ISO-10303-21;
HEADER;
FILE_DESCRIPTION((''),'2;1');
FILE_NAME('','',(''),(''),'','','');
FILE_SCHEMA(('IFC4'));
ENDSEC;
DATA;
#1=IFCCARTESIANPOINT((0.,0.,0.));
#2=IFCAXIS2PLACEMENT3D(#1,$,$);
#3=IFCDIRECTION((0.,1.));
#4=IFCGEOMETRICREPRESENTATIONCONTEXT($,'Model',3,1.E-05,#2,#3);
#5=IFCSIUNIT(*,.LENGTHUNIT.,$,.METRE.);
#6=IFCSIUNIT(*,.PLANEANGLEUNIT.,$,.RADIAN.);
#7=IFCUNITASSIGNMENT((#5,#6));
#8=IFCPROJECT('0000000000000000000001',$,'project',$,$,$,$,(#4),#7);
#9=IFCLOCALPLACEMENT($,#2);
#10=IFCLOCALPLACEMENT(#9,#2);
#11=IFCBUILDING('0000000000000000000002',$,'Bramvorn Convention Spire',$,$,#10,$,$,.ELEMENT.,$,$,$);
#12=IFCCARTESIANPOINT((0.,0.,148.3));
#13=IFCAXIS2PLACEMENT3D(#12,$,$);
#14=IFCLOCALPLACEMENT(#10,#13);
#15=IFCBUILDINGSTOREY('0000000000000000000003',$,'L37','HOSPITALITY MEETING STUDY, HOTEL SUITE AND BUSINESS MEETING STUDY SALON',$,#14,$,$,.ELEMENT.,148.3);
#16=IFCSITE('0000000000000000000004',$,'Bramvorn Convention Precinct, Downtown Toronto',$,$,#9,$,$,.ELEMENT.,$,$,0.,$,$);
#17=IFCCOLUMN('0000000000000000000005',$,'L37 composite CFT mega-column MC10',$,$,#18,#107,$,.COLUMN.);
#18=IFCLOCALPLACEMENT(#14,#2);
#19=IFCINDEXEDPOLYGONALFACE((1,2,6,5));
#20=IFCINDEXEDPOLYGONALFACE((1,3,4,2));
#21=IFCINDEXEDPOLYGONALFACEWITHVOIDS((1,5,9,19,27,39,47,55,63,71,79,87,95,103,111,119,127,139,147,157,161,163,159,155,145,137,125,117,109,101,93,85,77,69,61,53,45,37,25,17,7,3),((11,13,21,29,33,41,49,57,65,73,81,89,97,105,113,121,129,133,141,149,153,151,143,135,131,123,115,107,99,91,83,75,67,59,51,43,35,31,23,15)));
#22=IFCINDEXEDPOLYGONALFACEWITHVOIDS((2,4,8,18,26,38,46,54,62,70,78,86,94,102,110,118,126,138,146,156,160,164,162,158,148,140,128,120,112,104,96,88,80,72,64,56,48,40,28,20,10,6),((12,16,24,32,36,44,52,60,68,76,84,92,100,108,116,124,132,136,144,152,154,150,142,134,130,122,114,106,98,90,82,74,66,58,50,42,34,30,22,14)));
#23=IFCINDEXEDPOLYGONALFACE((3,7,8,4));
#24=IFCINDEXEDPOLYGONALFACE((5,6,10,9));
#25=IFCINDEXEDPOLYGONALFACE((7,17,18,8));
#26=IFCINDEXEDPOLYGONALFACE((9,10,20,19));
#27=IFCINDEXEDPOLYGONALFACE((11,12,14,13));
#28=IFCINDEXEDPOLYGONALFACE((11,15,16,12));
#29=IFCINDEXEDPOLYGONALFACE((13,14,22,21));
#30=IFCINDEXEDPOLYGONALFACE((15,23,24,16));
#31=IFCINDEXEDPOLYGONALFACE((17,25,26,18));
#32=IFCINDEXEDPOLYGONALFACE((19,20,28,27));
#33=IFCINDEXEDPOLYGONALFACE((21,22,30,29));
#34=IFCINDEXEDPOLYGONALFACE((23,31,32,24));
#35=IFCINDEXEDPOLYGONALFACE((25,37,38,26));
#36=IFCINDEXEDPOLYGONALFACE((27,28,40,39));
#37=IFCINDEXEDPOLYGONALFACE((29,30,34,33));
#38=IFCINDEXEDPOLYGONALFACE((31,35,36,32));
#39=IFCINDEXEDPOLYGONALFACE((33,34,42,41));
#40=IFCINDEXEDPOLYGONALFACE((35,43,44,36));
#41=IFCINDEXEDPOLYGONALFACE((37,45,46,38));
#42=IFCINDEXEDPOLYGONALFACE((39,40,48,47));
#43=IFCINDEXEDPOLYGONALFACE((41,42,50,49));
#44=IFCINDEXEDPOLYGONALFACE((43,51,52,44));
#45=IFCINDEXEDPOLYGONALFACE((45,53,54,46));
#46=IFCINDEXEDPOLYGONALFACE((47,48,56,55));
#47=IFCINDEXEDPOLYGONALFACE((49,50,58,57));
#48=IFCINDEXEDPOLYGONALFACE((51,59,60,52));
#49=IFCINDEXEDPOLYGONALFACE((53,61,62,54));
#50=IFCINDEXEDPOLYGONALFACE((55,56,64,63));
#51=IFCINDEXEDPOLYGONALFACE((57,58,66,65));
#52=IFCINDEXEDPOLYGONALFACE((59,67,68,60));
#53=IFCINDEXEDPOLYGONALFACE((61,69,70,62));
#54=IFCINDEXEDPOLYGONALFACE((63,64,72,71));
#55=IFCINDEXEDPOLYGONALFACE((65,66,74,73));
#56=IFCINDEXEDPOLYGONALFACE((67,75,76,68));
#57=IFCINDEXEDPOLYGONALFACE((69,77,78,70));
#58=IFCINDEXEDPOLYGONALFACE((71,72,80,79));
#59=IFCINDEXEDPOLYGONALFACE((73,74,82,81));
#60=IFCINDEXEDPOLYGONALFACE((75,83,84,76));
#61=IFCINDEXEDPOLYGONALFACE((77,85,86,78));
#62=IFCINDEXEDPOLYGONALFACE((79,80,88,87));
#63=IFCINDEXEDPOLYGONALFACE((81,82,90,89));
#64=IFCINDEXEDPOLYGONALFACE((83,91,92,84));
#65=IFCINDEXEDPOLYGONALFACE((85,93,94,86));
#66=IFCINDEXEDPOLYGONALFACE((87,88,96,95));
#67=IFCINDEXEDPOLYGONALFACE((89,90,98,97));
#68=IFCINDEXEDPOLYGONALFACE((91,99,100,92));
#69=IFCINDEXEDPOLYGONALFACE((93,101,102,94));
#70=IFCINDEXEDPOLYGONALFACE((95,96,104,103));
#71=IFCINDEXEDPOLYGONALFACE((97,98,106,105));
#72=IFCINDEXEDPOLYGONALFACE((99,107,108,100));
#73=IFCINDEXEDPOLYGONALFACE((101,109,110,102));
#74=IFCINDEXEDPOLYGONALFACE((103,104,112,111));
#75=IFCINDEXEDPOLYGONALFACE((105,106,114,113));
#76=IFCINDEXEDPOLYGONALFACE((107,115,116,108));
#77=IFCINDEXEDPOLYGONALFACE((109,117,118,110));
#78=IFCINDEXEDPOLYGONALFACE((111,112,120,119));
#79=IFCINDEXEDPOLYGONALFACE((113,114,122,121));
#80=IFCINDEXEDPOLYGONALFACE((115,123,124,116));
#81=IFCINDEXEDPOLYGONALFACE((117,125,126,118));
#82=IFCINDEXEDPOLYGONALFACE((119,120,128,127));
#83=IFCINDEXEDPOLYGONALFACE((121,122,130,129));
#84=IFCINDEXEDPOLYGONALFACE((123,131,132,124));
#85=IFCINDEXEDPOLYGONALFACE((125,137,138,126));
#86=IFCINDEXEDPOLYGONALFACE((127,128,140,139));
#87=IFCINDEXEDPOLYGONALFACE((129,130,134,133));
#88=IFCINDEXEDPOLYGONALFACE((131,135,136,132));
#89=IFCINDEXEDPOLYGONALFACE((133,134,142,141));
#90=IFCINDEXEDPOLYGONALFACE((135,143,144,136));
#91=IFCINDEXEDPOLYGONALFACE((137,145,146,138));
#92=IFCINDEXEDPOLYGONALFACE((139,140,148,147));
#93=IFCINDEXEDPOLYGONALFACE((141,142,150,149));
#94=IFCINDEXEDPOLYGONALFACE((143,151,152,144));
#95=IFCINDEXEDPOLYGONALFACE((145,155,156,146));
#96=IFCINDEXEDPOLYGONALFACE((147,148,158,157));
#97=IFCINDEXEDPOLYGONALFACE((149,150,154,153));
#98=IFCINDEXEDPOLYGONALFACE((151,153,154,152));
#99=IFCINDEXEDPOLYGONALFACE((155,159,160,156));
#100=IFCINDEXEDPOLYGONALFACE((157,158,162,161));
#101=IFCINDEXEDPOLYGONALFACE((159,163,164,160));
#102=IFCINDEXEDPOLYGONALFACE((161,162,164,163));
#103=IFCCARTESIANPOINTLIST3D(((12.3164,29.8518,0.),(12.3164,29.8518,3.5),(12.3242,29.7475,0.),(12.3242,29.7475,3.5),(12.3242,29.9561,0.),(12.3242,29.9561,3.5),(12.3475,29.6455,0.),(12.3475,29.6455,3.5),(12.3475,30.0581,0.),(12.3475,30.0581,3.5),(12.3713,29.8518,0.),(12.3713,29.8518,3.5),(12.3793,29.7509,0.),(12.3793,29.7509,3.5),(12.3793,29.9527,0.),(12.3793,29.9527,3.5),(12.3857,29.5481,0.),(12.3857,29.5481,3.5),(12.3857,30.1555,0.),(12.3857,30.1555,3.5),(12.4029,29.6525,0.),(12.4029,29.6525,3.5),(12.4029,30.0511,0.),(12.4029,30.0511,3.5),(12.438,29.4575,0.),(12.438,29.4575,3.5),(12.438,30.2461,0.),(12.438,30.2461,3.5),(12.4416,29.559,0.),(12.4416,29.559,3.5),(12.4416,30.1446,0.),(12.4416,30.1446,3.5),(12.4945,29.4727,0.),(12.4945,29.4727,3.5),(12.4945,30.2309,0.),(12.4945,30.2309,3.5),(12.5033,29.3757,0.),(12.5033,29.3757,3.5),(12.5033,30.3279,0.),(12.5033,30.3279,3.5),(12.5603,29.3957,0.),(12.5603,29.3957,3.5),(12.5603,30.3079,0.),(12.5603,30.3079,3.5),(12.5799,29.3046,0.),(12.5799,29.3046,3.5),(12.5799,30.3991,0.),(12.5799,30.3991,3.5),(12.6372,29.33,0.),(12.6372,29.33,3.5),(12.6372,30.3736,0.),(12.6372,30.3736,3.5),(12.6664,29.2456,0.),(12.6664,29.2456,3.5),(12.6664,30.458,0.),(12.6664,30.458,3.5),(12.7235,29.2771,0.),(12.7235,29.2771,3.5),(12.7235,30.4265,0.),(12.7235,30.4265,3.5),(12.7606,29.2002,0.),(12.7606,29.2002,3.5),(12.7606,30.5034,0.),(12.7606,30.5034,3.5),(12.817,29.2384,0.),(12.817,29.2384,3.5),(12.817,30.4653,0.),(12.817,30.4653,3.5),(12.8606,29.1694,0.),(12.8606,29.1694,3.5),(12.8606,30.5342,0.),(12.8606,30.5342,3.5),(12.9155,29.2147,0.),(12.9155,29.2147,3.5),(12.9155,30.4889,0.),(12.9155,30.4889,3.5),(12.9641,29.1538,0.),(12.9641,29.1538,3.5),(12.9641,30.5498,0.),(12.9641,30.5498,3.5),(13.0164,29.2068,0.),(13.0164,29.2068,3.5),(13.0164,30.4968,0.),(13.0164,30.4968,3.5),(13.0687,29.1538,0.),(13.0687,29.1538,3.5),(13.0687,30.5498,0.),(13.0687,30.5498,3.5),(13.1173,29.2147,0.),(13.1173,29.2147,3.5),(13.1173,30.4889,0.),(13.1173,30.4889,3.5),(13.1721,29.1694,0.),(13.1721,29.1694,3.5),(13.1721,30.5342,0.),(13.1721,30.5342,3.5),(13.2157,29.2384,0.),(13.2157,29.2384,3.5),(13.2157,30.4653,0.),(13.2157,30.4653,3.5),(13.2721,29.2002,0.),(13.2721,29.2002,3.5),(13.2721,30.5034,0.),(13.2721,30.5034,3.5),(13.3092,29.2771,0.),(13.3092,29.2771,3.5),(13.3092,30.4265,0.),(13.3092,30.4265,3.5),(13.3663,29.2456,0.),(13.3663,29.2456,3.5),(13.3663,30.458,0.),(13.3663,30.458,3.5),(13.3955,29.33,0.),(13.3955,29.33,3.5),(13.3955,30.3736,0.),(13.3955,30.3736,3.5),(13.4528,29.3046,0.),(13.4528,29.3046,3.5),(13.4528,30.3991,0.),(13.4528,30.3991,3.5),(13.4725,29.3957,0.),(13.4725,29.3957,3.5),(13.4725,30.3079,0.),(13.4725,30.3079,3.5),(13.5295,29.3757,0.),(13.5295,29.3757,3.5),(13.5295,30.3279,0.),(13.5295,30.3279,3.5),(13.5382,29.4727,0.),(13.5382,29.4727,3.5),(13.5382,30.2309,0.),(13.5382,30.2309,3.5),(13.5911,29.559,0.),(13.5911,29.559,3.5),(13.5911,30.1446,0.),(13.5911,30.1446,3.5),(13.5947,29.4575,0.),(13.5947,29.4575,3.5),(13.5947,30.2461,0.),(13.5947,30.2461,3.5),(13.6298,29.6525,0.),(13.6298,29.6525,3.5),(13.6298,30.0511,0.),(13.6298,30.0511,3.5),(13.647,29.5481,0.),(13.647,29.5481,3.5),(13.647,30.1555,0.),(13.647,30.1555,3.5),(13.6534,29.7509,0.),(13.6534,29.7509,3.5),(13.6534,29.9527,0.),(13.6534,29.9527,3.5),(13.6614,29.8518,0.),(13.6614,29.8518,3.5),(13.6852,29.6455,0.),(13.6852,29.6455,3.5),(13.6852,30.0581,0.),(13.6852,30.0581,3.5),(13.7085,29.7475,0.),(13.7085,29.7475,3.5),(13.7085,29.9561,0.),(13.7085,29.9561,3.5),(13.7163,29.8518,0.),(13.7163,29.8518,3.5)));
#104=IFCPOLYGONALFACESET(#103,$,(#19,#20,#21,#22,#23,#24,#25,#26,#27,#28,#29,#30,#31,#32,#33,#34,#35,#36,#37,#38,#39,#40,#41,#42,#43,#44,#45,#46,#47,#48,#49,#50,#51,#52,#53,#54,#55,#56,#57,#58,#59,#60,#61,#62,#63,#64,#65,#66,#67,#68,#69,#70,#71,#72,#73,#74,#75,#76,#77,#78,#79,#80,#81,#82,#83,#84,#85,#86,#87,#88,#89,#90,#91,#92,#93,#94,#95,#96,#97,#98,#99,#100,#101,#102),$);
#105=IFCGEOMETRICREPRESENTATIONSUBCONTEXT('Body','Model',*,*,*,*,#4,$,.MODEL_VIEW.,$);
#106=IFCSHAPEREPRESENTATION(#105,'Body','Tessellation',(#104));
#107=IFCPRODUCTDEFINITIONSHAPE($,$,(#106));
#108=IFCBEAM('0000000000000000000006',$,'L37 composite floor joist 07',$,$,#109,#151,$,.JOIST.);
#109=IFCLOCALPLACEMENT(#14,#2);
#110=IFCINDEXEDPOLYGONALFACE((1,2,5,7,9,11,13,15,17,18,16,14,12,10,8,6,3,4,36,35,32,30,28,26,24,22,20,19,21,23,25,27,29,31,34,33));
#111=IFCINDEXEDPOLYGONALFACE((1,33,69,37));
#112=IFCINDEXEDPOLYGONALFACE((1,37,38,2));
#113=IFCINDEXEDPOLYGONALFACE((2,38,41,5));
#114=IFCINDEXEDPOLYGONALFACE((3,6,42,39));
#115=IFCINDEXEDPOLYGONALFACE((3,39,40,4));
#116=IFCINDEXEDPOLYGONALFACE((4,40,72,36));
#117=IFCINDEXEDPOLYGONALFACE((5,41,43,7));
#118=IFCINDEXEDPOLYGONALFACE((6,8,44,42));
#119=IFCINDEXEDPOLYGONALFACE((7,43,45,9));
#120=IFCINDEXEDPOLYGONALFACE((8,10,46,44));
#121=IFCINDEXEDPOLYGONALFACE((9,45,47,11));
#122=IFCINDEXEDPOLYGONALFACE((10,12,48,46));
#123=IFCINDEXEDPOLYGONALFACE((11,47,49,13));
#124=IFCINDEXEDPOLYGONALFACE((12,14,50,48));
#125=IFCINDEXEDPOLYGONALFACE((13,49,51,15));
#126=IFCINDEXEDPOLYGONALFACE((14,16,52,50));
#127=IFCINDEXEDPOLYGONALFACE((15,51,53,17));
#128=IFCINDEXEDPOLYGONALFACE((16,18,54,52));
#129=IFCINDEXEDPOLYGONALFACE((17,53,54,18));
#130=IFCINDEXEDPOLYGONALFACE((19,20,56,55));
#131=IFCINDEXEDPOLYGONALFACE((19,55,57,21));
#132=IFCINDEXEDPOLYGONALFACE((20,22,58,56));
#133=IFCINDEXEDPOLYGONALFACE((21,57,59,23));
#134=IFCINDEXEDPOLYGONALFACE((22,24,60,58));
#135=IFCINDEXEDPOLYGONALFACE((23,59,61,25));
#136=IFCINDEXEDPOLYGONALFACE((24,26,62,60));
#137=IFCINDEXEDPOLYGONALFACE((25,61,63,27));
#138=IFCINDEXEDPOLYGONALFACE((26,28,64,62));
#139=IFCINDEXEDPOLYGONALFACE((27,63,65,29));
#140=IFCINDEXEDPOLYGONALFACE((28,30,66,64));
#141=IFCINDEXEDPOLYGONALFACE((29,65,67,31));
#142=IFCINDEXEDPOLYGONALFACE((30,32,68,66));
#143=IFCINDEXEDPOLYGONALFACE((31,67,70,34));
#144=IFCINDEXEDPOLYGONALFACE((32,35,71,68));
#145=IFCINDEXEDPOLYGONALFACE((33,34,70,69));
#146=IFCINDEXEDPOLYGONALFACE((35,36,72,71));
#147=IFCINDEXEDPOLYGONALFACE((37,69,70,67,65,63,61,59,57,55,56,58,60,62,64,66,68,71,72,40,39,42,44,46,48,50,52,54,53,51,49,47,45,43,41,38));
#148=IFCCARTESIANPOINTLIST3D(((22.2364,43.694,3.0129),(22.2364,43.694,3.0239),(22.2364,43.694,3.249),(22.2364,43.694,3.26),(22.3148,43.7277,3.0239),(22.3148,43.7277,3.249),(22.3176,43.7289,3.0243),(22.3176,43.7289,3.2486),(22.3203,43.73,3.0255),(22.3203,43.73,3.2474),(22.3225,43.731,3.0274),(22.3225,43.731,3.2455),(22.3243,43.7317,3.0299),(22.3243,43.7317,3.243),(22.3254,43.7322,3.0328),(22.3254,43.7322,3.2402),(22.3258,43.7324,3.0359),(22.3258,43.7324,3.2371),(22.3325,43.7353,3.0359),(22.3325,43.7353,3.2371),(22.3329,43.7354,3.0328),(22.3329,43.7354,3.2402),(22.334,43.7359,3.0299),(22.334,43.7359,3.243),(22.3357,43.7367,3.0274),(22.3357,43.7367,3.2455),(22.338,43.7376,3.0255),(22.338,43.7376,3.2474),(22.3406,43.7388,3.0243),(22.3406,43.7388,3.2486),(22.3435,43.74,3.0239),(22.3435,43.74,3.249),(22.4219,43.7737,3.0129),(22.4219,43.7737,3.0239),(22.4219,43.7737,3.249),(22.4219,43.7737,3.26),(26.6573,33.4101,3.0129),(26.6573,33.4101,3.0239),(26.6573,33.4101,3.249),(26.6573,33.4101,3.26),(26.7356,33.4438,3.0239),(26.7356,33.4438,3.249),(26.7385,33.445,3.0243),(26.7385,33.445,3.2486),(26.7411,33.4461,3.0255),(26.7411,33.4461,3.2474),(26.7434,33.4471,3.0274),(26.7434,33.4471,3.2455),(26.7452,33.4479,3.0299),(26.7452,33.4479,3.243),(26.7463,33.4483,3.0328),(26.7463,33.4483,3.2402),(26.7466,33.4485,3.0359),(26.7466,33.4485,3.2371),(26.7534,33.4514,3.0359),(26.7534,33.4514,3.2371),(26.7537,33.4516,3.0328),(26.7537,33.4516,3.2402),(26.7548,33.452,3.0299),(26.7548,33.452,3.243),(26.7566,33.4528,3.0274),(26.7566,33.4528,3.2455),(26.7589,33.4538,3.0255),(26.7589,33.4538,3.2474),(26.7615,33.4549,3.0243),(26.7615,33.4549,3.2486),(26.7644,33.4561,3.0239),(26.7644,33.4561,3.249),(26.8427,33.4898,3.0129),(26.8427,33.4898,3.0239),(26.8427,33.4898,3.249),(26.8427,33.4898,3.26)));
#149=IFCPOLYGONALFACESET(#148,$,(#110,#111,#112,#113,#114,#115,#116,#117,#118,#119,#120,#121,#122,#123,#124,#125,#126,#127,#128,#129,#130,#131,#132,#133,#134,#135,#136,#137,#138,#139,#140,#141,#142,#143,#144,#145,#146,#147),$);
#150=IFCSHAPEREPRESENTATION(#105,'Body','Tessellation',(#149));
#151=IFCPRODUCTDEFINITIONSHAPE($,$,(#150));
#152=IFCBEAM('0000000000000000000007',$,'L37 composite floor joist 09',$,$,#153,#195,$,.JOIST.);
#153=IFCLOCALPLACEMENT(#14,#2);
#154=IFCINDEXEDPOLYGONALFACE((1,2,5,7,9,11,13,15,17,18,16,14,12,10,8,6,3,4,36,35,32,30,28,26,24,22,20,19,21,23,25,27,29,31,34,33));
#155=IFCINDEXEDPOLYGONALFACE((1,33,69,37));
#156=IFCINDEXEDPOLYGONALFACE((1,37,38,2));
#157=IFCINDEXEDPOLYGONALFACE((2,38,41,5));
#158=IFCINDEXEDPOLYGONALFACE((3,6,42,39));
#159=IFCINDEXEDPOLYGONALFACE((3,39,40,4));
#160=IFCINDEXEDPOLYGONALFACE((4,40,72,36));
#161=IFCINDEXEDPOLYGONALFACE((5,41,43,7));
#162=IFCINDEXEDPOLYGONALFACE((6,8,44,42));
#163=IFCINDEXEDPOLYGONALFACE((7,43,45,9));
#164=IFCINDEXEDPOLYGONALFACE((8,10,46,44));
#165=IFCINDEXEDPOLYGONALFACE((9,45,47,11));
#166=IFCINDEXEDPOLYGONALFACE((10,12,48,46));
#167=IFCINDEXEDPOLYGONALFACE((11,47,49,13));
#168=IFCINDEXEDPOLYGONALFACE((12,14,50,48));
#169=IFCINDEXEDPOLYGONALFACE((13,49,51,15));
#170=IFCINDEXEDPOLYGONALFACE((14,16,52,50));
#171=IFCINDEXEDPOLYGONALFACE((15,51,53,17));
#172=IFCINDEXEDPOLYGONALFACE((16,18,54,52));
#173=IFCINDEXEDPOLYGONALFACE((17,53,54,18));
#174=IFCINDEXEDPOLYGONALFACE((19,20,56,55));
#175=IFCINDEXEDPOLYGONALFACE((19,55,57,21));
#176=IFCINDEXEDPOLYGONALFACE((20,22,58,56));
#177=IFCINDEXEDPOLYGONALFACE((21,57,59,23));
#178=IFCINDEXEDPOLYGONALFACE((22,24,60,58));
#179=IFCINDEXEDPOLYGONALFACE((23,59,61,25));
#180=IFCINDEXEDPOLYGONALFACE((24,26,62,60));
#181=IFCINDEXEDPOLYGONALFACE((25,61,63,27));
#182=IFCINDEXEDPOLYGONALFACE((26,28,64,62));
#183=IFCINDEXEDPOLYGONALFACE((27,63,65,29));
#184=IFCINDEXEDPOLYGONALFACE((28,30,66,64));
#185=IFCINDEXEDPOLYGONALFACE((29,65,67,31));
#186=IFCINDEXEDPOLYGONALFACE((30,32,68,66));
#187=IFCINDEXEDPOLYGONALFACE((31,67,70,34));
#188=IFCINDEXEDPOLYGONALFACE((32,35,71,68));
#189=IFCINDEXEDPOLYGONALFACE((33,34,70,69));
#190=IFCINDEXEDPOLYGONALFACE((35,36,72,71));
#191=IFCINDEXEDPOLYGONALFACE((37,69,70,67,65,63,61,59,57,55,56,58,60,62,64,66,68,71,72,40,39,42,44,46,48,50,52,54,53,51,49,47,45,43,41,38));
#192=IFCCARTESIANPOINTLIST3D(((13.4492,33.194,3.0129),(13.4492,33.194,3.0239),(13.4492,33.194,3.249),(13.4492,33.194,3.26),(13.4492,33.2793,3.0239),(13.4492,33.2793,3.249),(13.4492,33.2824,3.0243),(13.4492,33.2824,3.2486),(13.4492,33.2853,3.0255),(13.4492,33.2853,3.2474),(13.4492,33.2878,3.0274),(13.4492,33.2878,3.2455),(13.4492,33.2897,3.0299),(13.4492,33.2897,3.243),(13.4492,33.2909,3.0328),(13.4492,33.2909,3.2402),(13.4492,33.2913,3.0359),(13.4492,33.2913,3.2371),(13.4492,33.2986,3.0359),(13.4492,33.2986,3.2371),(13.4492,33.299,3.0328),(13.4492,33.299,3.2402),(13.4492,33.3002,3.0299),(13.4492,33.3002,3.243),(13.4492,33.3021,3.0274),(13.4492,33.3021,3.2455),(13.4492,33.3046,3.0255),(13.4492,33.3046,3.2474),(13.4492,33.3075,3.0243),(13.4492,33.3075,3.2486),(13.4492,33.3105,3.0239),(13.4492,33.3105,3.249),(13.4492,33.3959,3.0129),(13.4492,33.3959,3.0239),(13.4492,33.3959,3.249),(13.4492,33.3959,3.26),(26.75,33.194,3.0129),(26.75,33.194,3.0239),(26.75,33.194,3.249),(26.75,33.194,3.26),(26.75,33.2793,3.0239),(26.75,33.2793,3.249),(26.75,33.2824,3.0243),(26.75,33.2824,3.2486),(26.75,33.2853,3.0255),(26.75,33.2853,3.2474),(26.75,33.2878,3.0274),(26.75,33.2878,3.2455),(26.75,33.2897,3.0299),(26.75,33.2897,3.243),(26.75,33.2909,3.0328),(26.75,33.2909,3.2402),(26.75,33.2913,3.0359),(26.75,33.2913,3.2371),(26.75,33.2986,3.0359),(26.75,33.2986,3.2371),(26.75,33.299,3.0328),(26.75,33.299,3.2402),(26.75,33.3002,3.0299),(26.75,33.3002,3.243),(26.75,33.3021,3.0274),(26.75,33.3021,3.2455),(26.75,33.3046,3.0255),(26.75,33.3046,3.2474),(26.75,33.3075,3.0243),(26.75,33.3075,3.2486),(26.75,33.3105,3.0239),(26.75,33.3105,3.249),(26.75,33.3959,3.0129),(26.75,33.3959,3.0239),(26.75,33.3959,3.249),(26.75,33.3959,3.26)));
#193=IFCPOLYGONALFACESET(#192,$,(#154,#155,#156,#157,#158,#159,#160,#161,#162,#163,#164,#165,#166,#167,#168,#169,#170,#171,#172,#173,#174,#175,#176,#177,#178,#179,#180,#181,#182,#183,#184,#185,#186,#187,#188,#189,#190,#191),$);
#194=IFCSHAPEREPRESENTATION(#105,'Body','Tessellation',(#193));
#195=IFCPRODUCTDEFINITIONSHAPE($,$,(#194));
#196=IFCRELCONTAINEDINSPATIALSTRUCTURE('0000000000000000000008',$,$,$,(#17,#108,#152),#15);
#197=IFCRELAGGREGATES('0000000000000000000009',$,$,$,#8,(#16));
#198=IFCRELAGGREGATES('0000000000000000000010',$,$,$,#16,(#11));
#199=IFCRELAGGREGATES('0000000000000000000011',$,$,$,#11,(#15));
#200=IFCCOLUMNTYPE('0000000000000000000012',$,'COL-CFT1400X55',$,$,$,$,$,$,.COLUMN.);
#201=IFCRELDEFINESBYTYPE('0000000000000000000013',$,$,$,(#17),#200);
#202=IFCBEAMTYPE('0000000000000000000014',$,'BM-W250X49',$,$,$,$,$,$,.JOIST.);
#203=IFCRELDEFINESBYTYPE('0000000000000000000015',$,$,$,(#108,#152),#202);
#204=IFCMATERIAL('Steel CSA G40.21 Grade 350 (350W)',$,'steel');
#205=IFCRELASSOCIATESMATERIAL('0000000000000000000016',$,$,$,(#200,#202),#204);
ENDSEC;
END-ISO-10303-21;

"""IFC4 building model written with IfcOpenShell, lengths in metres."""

from ifc_helpers import new_model, si_unit, direction, frame, origin, origin_2d, place, context, subcontext, project, spatial, hollow_circle, i_section, extrude, material, material_profile, profile_set, type_object, element, save


model = new_model("IFC4")

# Units and contexts
model_context = context("Model", 3, precision=1e-05, world=origin(), true_north=direction((0.0, 1.0)))
body_context = subcontext(model_context, "Body", "Model", "MODEL_VIEW")
ifc_project = project(units=[si_unit("LENGTHUNIT", "METRE"), si_unit("PLANEANGLEUNIT", "RADIAN")], contexts=[model_context])

# Site, building, storey
site_placement = place(None, origin())
site = spatial("IfcSite", under=ifc_project, at=site_placement, Name="Bramvorn Convention Precinct, Downtown Toronto", CompositionType="ELEMENT", RefElevation=0.0)
building_placement = place(site_placement, origin())
building = spatial("IfcBuilding", under=site, at=building_placement, Name="Bramvorn Convention Spire", CompositionType="ELEMENT")
storey_placement = place(building_placement, frame((0.0, 0.0, 148.3)))
storey = spatial("IfcBuildingStorey", under=building, at=storey_placement, Name="L37", Description="HOSPITALITY MEETING STUDY, HOTEL SUITE AND BUSINESS MEETING STUDY SALON", CompositionType="ELEMENT", Elevation=148.3)

# Column
ifc_material_1 = material(Name="Steel CSA G40.21 Grade 350 (350W)", Category="steel")
ifc_material_profile_1 = material_profile(ifc_material_1, hollow_circle(Radius=0.7, WallThickness=0.0549, at=origin_2d()))
ifc_profile_set_1 = profile_set([ifc_material_profile_1], Name="Steel CSA G40.21 Grade 350 (350W) - CFT1400X55")
column_type = type_object("IfcColumnType", Name="COL-CFT1400X55", PredefinedType="COLUMN", material=ifc_profile_set_1)
column_placement = place(storey_placement, frame((13.0164, 29.8518, 0.0), z_axis=(0.0, 0.0, 1.0), x_axis=(1.0, 0.0, 0.0)))
element("IfcColumn", 1, at=column_placement, inside=storey, type_object=column_type, Name="L37 composite CFT mega-column MC10", PredefinedType="COLUMN", context=body_context, shape_type="SweptSolid", body=[
    extrude(hollow_circle(Radius=0.7, WallThickness=0.0549, at=origin_2d()), origin(), (0.0, 0.0, 1.0), 3.5),
])

# Beams
ifc_material_profile_2 = material_profile(ifc_material_1, i_section(OverallWidth=0.2019, OverallDepth=0.2471, WebThickness=0.0073, FlangeThickness=0.011, FilletRadius=0.012, at=origin_2d()))
ifc_profile_set_2 = profile_set([ifc_material_profile_2], Name="Steel CSA G40.21 Grade 350 (350W) - W250X49")
beam_type_1 = type_object("IfcBeamType", Name="BM-W250X49", PredefinedType="JOIST", material=ifc_profile_set_2)
beam_1_placement = place(storey_placement, frame((26.75, 33.45, 3.1365), z_axis=(-0.394938, 0.918708, 0.0), x_axis=(-0.918708, -0.394938, 0.0)))
element("IfcBeam", 2, at=beam_1_placement, inside=storey, type_object=beam_type_1, Name="L37 composite floor joist 07", PredefinedType="JOIST", context=body_context, shape_type="SweptSolid", body=[
    extrude(i_section(OverallWidth=0.2019, OverallDepth=0.2471, WebThickness=0.0073, FlangeThickness=0.011, FilletRadius=0.012, at=origin_2d()), origin(), (0.0, 0.0, 1.0), 11.1938),
])
beam_2_placement = place(storey_placement, frame((26.75, 33.2949, 3.1365), z_axis=(-1.0, 0.0, 0.0), x_axis=(0.0, -1.0, 0.0)))
element("IfcBeam", 3, at=beam_2_placement, inside=storey, type_object=beam_type_1, Name="L37 composite floor joist 09", PredefinedType="JOIST", context=body_context, shape_type="SweptSolid", body=[
    extrude(i_section(OverallWidth=0.2019, OverallDepth=0.2471, WebThickness=0.0073, FlangeThickness=0.011, FilletRadius=0.012, at=origin_2d()), origin(), (0.0, 0.0, 1.0), 13.3008),
])

save(model, "model.ifc")
